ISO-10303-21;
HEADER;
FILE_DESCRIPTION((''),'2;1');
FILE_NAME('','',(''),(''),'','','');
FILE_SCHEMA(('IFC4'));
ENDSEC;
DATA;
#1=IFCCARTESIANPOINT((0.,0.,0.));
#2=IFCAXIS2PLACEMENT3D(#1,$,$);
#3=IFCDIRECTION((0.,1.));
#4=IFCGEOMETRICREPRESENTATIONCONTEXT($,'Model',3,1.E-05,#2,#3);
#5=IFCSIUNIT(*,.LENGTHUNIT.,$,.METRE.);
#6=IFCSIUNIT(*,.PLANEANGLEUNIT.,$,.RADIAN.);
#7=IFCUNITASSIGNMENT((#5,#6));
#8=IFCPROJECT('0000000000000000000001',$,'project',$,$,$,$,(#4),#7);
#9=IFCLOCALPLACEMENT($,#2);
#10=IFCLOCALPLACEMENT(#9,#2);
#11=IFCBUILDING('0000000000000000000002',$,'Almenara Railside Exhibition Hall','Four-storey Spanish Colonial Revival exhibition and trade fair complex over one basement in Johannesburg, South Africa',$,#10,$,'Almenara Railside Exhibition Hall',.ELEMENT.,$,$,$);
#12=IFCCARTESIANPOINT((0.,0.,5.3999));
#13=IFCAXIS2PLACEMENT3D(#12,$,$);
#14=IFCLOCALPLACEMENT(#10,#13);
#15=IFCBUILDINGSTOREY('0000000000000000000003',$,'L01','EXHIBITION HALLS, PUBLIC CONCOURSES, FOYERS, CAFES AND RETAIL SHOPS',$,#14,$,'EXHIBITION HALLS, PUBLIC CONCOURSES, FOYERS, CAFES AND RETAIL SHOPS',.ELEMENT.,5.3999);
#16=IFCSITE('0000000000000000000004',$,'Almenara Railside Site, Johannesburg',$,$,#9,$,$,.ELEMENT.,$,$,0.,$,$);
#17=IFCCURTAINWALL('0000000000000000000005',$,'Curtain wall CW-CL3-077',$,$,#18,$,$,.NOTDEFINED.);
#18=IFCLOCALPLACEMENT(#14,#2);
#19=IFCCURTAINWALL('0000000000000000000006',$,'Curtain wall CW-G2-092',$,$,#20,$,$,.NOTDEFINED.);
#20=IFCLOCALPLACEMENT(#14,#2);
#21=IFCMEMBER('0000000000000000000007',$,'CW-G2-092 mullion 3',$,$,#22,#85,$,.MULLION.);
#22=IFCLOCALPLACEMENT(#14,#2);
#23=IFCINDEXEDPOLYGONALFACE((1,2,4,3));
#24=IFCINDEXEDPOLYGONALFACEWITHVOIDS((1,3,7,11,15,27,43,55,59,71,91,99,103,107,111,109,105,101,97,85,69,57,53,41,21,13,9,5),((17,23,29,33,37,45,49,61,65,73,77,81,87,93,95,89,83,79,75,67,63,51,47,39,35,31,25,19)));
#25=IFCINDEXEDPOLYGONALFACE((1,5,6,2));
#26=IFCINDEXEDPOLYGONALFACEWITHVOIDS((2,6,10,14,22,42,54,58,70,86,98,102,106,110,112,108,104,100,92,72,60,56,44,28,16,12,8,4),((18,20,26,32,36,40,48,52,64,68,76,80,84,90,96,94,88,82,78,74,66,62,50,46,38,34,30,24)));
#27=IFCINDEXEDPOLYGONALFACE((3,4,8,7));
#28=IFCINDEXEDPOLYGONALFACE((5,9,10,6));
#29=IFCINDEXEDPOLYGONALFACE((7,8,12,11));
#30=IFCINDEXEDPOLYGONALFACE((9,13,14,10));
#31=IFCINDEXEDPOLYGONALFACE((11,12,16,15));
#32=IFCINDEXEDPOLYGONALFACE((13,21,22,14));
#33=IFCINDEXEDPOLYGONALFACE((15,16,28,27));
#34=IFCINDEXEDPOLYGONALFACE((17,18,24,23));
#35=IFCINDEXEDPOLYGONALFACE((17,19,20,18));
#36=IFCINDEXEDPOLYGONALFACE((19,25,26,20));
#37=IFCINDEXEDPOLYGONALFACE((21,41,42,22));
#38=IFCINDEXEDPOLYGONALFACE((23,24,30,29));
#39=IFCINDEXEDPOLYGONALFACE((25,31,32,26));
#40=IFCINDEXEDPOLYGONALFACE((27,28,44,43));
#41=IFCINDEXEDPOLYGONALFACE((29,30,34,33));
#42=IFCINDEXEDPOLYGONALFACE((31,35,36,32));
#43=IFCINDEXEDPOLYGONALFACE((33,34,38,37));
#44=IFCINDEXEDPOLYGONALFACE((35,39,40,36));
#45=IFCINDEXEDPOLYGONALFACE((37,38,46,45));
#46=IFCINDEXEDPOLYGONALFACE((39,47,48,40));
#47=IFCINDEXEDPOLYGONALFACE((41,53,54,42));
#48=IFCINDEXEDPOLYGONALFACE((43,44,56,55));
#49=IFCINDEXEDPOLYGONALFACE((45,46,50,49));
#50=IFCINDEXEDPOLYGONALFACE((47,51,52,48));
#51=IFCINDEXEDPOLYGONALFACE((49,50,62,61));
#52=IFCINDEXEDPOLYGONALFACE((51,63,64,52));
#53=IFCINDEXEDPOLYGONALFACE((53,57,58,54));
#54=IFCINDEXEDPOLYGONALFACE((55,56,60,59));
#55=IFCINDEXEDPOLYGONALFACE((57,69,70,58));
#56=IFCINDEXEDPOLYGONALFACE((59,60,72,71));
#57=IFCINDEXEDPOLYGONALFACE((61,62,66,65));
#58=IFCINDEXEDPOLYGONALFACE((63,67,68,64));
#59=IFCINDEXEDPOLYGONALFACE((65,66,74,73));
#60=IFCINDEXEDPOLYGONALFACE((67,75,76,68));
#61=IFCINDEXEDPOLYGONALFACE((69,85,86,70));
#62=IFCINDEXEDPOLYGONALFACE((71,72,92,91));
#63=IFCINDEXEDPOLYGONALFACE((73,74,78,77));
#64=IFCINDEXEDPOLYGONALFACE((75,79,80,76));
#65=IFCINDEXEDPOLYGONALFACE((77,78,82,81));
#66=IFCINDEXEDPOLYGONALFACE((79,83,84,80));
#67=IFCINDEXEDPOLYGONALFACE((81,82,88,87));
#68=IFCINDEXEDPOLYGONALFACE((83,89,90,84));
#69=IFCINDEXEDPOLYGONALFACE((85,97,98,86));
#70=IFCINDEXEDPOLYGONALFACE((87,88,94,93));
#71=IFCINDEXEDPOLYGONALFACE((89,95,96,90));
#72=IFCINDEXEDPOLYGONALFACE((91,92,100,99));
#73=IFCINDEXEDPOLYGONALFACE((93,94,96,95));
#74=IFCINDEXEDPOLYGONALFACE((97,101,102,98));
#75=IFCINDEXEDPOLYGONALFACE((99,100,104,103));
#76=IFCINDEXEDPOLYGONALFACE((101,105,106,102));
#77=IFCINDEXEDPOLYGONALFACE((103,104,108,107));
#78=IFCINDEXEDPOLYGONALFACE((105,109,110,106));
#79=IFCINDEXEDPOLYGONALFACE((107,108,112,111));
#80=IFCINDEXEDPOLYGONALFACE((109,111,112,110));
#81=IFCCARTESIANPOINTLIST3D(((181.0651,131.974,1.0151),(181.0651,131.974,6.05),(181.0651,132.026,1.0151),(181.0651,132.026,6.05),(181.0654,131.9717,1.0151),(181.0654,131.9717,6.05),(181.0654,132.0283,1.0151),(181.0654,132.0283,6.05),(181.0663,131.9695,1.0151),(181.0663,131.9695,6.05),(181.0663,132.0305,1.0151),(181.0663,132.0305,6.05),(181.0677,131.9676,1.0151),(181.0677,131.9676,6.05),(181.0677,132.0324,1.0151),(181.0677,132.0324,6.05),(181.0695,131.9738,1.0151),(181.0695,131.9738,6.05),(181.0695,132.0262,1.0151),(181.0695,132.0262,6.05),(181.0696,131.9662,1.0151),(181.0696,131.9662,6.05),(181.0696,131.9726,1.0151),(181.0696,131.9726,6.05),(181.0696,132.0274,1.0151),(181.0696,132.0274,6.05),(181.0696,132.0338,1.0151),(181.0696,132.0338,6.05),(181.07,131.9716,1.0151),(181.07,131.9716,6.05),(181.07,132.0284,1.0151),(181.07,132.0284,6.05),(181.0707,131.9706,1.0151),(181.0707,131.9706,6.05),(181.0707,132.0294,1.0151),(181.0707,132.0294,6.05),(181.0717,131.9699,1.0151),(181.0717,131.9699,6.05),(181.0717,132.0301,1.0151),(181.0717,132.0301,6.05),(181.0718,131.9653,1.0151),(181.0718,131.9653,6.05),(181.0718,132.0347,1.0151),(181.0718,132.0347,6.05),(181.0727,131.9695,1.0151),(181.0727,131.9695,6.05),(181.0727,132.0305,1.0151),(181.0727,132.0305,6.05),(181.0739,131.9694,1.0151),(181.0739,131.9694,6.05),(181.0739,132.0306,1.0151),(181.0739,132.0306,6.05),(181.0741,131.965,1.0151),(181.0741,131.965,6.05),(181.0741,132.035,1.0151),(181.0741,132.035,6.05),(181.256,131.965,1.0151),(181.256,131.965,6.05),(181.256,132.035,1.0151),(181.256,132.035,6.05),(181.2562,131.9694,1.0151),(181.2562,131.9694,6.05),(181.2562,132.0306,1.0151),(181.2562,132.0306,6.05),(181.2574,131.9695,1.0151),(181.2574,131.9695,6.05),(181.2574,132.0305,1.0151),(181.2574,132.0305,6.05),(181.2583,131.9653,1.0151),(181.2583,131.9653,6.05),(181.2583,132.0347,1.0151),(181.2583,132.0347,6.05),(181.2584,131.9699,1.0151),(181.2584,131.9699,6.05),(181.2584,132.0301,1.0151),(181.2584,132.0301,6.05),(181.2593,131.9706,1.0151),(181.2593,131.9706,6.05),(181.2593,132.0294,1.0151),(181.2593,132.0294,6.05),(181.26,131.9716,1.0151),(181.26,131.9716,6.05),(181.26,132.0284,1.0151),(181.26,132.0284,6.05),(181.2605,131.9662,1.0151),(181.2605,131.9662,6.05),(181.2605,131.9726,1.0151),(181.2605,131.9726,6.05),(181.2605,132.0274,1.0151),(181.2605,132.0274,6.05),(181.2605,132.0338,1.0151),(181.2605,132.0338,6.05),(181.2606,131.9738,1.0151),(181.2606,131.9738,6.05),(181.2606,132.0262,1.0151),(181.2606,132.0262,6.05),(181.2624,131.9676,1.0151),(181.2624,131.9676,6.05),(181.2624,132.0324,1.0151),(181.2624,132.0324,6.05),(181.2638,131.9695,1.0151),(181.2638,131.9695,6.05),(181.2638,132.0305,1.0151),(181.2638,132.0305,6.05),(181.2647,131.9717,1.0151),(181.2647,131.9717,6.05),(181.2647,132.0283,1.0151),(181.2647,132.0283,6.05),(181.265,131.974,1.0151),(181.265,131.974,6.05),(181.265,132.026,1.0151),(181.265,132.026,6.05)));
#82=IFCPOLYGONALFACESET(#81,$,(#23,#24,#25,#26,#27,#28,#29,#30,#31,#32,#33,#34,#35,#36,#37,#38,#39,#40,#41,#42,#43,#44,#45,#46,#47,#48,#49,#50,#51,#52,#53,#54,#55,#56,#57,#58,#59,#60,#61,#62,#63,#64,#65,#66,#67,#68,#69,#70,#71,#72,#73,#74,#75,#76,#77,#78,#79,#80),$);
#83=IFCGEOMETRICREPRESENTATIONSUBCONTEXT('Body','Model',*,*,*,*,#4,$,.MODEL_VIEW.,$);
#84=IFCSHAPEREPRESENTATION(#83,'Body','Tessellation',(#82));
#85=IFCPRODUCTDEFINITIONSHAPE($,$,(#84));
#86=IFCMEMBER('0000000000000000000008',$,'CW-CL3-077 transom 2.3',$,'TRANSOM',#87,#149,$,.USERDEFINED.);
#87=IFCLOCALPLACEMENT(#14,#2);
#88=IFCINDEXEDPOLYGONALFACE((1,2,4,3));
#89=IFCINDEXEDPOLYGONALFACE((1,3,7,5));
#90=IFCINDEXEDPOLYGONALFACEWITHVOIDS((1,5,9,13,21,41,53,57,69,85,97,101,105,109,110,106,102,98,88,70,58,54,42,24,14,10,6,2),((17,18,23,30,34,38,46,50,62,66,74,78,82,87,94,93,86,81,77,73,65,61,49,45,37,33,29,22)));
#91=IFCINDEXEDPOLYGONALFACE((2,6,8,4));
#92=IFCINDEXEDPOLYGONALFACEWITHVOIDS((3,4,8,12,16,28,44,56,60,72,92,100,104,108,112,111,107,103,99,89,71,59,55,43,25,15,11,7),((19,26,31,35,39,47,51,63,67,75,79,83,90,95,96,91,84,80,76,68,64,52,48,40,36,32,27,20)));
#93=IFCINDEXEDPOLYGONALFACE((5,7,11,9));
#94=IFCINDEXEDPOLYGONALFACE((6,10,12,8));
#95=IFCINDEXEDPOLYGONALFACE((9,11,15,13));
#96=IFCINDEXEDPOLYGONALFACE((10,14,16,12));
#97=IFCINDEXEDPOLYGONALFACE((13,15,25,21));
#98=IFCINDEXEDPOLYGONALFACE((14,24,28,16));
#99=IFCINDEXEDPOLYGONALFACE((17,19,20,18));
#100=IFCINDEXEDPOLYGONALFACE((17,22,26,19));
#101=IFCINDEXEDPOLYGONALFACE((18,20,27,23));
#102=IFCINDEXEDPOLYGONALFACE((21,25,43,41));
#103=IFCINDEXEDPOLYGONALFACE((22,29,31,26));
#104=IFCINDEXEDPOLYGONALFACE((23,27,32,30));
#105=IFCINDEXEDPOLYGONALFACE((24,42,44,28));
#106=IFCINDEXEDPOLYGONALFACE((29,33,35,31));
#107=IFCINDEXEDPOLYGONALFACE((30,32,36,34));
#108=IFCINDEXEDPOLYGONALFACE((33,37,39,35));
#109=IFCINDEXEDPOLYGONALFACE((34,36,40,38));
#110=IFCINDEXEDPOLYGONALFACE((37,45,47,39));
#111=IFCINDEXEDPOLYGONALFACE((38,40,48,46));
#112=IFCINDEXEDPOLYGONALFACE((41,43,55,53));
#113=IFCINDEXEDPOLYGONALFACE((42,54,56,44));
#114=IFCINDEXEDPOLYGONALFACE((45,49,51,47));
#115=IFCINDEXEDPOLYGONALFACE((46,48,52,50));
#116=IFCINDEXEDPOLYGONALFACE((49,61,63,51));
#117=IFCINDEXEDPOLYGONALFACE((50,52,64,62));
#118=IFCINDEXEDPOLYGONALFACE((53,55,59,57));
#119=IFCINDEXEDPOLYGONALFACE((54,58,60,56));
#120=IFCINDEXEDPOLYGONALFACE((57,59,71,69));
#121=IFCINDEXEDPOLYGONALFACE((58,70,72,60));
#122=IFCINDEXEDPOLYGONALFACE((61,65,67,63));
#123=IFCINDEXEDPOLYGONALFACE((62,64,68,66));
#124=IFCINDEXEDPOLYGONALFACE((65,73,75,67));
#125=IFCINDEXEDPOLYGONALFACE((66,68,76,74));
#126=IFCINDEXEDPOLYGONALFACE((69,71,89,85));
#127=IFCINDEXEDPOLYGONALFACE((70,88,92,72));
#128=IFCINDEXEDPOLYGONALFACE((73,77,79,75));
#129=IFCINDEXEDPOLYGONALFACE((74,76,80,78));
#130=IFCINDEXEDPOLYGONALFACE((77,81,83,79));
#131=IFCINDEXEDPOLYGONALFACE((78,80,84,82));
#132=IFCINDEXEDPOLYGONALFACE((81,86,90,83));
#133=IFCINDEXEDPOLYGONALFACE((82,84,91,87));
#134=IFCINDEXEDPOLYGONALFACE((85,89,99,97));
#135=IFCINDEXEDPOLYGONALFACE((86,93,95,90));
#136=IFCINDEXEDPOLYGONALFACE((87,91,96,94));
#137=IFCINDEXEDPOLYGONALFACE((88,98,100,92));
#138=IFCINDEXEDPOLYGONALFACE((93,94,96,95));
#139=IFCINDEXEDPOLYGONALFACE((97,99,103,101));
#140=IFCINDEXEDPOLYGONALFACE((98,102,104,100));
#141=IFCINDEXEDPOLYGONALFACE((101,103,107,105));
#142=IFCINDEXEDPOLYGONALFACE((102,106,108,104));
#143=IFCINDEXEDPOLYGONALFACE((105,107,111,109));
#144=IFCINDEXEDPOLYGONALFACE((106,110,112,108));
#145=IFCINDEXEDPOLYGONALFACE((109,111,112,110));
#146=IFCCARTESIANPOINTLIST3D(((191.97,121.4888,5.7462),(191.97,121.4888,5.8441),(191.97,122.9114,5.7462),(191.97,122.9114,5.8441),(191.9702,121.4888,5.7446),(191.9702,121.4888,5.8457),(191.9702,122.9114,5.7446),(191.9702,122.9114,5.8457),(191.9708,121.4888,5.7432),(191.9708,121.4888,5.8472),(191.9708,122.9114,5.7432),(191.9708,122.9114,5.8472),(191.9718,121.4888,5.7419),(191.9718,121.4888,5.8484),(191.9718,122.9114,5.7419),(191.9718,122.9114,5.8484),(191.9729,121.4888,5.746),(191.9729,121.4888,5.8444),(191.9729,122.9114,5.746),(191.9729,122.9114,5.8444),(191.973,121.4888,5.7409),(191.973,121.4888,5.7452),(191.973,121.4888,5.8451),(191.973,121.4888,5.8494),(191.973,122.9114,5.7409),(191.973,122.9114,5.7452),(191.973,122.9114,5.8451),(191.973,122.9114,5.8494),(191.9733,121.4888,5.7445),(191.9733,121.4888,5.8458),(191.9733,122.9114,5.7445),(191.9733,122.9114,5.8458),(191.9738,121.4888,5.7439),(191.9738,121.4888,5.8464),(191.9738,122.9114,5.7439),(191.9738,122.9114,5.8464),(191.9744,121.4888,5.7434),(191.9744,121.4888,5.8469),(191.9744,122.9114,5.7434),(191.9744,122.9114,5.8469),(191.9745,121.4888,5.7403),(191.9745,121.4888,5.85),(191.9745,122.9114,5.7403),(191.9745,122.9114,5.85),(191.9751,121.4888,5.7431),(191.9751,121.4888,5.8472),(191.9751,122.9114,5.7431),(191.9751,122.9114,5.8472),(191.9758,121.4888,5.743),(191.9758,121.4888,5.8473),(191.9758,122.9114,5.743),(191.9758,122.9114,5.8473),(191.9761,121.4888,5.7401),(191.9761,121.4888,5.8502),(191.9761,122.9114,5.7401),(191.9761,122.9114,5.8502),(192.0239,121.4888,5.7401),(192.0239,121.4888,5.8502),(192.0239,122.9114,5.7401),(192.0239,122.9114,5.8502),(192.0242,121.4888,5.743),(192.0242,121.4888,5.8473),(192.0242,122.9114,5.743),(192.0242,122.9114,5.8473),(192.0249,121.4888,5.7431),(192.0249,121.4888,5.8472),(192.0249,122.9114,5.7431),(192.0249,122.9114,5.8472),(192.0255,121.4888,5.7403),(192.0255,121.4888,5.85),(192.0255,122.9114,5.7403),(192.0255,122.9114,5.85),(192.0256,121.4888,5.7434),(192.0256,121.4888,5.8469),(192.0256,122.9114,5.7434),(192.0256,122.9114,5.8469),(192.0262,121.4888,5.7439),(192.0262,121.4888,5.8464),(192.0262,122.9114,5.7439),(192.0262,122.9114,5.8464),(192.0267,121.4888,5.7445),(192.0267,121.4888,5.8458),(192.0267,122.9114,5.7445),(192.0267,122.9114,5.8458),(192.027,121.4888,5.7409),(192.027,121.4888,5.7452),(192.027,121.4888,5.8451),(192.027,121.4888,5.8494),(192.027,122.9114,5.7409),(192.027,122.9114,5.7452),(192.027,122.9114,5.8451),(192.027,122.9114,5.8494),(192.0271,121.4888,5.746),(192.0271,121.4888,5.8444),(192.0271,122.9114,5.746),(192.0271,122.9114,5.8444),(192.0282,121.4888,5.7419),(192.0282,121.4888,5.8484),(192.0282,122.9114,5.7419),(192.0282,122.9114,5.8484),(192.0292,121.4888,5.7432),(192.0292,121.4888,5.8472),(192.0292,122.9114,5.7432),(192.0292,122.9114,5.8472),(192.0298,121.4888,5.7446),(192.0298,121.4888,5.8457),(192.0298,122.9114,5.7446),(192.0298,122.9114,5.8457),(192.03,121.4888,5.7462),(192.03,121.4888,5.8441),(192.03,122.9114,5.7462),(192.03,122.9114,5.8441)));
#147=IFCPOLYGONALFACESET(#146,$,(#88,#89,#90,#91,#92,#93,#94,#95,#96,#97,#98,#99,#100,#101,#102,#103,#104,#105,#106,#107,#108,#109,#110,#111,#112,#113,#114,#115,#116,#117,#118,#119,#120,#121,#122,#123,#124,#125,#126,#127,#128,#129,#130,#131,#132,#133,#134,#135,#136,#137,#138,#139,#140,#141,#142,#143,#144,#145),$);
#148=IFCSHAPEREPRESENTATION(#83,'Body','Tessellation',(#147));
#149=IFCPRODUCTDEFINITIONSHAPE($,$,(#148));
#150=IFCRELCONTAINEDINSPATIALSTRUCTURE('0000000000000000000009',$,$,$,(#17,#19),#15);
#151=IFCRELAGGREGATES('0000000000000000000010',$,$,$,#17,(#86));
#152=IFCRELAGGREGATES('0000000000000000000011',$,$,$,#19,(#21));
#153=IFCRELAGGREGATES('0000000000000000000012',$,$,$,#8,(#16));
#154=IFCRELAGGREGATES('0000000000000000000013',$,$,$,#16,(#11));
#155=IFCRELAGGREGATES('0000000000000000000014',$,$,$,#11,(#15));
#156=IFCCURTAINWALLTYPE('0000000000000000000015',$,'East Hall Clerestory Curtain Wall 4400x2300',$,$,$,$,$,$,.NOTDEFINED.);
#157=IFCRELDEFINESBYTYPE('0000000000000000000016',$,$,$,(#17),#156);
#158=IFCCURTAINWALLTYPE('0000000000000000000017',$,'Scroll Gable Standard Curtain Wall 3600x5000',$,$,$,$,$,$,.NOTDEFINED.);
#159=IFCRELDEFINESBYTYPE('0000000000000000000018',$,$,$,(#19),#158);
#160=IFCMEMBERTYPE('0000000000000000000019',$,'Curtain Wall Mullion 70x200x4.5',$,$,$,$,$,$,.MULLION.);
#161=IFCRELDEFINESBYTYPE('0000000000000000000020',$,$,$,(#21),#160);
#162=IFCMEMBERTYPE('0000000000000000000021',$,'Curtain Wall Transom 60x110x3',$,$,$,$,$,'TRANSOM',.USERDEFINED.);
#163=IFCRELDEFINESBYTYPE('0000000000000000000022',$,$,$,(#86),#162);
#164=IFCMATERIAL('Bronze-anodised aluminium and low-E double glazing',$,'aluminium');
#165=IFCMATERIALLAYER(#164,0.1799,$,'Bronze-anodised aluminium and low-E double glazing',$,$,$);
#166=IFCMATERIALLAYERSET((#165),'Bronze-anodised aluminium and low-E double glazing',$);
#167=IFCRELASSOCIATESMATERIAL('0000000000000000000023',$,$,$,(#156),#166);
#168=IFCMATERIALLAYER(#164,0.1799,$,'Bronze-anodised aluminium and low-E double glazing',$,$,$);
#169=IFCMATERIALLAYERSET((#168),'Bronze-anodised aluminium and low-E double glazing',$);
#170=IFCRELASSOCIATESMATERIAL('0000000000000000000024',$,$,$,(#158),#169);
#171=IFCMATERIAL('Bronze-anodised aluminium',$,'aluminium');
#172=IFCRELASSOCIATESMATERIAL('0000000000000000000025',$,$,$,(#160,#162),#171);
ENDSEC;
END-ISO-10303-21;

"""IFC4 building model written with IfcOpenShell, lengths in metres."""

from ifc_helpers import new_model, si_unit, direction, frame, origin, origin_2d, place, context, subcontext, project, spatial, hollow_rectangle, extrude, material, layer, layer_set, material_profile, profile_set, type_object, element, aggregate, save


model = new_model("IFC4")

# Units and contexts
model_context = context("Model", 3, precision=1e-05, world=origin(), true_north=direction((0.0, 1.0)))
body_context = subcontext(model_context, "Body", "Model", "MODEL_VIEW")
ifc_project = project(units=[si_unit("LENGTHUNIT", "METRE"), si_unit("PLANEANGLEUNIT", "RADIAN")], contexts=[model_context])

# Site, building, storey
site_placement = place(None, origin())
site = spatial("IfcSite", under=ifc_project, at=site_placement, Name="Almenara Railside Site, Johannesburg", CompositionType="ELEMENT", RefElevation=0.0)
building_placement = place(site_placement, origin())
building = spatial("IfcBuilding", under=site, at=building_placement, Name="Almenara Railside Exhibition Hall", Description="Four-storey Spanish Colonial Revival exhibition and trade fair complex over one basement in Johannesburg, South Africa", LongName="Almenara Railside Exhibition Hall", CompositionType="ELEMENT")
storey_placement = place(building_placement, frame((0.0, 0.0, 5.3999)))
storey = spatial("IfcBuildingStorey", under=building, at=storey_placement, Name="L01", Description="EXHIBITION HALLS, PUBLIC CONCOURSES, FOYERS, CAFES AND RETAIL SHOPS", LongName="EXHIBITION HALLS, PUBLIC CONCOURSES, FOYERS, CAFES AND RETAIL SHOPS", CompositionType="ELEMENT", Elevation=5.3999)

# Curtain wall
ifc_material_1 = material(Name="Bronze-anodised aluminium and low-E double glazing", Category="aluminium")
ifc_layer_1 = layer(ifc_material_1, 0.1799, Name="Bronze-anodised aluminium and low-E double glazing")
ifc_layer_set_1 = layer_set([ifc_layer_1], Name="Bronze-anodised aluminium and low-E double glazing")
curtain_wall_type_1 = type_object("IfcCurtainWallType", Name="East Hall Clerestory Curtain Wall 4400x2300", PredefinedType="NOTDEFINED", material=ifc_layer_set_1)
curtain_wall_1_placement = place(storey_placement, origin())
curtain_wall_1 = element("IfcCurtainWall", 1, at=curtain_wall_1_placement, inside=storey, type_object=curtain_wall_type_1, Name="Curtain wall CW-CL3-077", PredefinedType="NOTDEFINED")
ifc_material_2 = material(Name="Bronze-anodised aluminium", Category="aluminium")

# Curtain wall, member
ifc_layer_2 = layer(ifc_material_1, 0.1799, Name="Bronze-anodised aluminium and low-E double glazing")
ifc_layer_set_2 = layer_set([ifc_layer_2], Name="Bronze-anodised aluminium and low-E double glazing")
curtain_wall_type_2 = type_object("IfcCurtainWallType", Name="Scroll Gable Standard Curtain Wall 3600x5000", PredefinedType="NOTDEFINED", material=ifc_layer_set_2)
curtain_wall_2_placement = place(storey_placement, origin())
curtain_wall_2 = element("IfcCurtainWall", 2, at=curtain_wall_2_placement, inside=storey, type_object=curtain_wall_type_2, Name="Curtain wall CW-G2-092", PredefinedType="NOTDEFINED")
ifc_material_profile_1 = material_profile(ifc_material_2, hollow_rectangle(XDim=0.0701, YDim=0.2, WallThickness=0.0044, InnerFilletRadius=0.0044, OuterFilletRadius=0.009, at=origin_2d()), Name="ALU-MUL 70x200x4.5")
ifc_profile_set_1 = profile_set([ifc_material_profile_1], Name="Bronze-anodised aluminium")
member_type_1 = type_object("IfcMemberType", Name="Curtain Wall Mullion 70x200x4.5", PredefinedType="MULLION", material=ifc_profile_set_1)
member_1_placement = place(storey_placement, frame((181.165, 132.0, 1.0151), z_axis=(0.0, 0.0, 1.0), x_axis=(0.0, 1.0, 0.0)))
member_1 = element("IfcMember", 3, at=member_1_placement, type_object=member_type_1, Name="CW-G2-092 mullion 3", PredefinedType="MULLION", context=body_context, shape_type="SweptSolid", body=[
    extrude(hollow_rectangle(XDim=0.0701, YDim=0.2, WallThickness=0.0044, InnerFilletRadius=0.0044, OuterFilletRadius=0.009, at=origin_2d()), origin(), (0.0, 0.0, 1.0), 5.0349),
])

# Member
ifc_material_profile_2 = material_profile(ifc_material_2, hollow_rectangle(XDim=0.0601, YDim=0.1101, WallThickness=0.0029, InnerFilletRadius=0.0029, OuterFilletRadius=0.0061, at=origin_2d()), Name="ALU-TRN 60x110x3")
ifc_profile_set_2 = profile_set([ifc_material_profile_2], Name="Bronze-anodised aluminium")
member_type_2 = type_object("IfcMemberType", Name="Curtain Wall Transom 60x110x3", ElementType="TRANSOM", PredefinedType="USERDEFINED", material=ifc_profile_set_2)
member_2_placement = place(storey_placement, frame((192.0, 121.4888, 5.7952), z_axis=(0.0, 1.0, 0.0), x_axis=(-1.0, 0.0, 0.0)))
member_2 = element("IfcMember", 4, at=member_2_placement, type_object=member_type_2, Name="CW-CL3-077 transom 2.3", ObjectType="TRANSOM", PredefinedType="USERDEFINED", context=body_context, shape_type="SweptSolid", body=[
    extrude(hollow_rectangle(XDim=0.0601, YDim=0.1101, WallThickness=0.0029, InnerFilletRadius=0.0029, OuterFilletRadius=0.0061, at=origin_2d()), origin(), (0.0, 0.0, 1.0), 1.4226),
])

aggregate(curtain_wall_1, [member_2])
aggregate(curtain_wall_2, [member_1])

save(model, "model.ifc")
